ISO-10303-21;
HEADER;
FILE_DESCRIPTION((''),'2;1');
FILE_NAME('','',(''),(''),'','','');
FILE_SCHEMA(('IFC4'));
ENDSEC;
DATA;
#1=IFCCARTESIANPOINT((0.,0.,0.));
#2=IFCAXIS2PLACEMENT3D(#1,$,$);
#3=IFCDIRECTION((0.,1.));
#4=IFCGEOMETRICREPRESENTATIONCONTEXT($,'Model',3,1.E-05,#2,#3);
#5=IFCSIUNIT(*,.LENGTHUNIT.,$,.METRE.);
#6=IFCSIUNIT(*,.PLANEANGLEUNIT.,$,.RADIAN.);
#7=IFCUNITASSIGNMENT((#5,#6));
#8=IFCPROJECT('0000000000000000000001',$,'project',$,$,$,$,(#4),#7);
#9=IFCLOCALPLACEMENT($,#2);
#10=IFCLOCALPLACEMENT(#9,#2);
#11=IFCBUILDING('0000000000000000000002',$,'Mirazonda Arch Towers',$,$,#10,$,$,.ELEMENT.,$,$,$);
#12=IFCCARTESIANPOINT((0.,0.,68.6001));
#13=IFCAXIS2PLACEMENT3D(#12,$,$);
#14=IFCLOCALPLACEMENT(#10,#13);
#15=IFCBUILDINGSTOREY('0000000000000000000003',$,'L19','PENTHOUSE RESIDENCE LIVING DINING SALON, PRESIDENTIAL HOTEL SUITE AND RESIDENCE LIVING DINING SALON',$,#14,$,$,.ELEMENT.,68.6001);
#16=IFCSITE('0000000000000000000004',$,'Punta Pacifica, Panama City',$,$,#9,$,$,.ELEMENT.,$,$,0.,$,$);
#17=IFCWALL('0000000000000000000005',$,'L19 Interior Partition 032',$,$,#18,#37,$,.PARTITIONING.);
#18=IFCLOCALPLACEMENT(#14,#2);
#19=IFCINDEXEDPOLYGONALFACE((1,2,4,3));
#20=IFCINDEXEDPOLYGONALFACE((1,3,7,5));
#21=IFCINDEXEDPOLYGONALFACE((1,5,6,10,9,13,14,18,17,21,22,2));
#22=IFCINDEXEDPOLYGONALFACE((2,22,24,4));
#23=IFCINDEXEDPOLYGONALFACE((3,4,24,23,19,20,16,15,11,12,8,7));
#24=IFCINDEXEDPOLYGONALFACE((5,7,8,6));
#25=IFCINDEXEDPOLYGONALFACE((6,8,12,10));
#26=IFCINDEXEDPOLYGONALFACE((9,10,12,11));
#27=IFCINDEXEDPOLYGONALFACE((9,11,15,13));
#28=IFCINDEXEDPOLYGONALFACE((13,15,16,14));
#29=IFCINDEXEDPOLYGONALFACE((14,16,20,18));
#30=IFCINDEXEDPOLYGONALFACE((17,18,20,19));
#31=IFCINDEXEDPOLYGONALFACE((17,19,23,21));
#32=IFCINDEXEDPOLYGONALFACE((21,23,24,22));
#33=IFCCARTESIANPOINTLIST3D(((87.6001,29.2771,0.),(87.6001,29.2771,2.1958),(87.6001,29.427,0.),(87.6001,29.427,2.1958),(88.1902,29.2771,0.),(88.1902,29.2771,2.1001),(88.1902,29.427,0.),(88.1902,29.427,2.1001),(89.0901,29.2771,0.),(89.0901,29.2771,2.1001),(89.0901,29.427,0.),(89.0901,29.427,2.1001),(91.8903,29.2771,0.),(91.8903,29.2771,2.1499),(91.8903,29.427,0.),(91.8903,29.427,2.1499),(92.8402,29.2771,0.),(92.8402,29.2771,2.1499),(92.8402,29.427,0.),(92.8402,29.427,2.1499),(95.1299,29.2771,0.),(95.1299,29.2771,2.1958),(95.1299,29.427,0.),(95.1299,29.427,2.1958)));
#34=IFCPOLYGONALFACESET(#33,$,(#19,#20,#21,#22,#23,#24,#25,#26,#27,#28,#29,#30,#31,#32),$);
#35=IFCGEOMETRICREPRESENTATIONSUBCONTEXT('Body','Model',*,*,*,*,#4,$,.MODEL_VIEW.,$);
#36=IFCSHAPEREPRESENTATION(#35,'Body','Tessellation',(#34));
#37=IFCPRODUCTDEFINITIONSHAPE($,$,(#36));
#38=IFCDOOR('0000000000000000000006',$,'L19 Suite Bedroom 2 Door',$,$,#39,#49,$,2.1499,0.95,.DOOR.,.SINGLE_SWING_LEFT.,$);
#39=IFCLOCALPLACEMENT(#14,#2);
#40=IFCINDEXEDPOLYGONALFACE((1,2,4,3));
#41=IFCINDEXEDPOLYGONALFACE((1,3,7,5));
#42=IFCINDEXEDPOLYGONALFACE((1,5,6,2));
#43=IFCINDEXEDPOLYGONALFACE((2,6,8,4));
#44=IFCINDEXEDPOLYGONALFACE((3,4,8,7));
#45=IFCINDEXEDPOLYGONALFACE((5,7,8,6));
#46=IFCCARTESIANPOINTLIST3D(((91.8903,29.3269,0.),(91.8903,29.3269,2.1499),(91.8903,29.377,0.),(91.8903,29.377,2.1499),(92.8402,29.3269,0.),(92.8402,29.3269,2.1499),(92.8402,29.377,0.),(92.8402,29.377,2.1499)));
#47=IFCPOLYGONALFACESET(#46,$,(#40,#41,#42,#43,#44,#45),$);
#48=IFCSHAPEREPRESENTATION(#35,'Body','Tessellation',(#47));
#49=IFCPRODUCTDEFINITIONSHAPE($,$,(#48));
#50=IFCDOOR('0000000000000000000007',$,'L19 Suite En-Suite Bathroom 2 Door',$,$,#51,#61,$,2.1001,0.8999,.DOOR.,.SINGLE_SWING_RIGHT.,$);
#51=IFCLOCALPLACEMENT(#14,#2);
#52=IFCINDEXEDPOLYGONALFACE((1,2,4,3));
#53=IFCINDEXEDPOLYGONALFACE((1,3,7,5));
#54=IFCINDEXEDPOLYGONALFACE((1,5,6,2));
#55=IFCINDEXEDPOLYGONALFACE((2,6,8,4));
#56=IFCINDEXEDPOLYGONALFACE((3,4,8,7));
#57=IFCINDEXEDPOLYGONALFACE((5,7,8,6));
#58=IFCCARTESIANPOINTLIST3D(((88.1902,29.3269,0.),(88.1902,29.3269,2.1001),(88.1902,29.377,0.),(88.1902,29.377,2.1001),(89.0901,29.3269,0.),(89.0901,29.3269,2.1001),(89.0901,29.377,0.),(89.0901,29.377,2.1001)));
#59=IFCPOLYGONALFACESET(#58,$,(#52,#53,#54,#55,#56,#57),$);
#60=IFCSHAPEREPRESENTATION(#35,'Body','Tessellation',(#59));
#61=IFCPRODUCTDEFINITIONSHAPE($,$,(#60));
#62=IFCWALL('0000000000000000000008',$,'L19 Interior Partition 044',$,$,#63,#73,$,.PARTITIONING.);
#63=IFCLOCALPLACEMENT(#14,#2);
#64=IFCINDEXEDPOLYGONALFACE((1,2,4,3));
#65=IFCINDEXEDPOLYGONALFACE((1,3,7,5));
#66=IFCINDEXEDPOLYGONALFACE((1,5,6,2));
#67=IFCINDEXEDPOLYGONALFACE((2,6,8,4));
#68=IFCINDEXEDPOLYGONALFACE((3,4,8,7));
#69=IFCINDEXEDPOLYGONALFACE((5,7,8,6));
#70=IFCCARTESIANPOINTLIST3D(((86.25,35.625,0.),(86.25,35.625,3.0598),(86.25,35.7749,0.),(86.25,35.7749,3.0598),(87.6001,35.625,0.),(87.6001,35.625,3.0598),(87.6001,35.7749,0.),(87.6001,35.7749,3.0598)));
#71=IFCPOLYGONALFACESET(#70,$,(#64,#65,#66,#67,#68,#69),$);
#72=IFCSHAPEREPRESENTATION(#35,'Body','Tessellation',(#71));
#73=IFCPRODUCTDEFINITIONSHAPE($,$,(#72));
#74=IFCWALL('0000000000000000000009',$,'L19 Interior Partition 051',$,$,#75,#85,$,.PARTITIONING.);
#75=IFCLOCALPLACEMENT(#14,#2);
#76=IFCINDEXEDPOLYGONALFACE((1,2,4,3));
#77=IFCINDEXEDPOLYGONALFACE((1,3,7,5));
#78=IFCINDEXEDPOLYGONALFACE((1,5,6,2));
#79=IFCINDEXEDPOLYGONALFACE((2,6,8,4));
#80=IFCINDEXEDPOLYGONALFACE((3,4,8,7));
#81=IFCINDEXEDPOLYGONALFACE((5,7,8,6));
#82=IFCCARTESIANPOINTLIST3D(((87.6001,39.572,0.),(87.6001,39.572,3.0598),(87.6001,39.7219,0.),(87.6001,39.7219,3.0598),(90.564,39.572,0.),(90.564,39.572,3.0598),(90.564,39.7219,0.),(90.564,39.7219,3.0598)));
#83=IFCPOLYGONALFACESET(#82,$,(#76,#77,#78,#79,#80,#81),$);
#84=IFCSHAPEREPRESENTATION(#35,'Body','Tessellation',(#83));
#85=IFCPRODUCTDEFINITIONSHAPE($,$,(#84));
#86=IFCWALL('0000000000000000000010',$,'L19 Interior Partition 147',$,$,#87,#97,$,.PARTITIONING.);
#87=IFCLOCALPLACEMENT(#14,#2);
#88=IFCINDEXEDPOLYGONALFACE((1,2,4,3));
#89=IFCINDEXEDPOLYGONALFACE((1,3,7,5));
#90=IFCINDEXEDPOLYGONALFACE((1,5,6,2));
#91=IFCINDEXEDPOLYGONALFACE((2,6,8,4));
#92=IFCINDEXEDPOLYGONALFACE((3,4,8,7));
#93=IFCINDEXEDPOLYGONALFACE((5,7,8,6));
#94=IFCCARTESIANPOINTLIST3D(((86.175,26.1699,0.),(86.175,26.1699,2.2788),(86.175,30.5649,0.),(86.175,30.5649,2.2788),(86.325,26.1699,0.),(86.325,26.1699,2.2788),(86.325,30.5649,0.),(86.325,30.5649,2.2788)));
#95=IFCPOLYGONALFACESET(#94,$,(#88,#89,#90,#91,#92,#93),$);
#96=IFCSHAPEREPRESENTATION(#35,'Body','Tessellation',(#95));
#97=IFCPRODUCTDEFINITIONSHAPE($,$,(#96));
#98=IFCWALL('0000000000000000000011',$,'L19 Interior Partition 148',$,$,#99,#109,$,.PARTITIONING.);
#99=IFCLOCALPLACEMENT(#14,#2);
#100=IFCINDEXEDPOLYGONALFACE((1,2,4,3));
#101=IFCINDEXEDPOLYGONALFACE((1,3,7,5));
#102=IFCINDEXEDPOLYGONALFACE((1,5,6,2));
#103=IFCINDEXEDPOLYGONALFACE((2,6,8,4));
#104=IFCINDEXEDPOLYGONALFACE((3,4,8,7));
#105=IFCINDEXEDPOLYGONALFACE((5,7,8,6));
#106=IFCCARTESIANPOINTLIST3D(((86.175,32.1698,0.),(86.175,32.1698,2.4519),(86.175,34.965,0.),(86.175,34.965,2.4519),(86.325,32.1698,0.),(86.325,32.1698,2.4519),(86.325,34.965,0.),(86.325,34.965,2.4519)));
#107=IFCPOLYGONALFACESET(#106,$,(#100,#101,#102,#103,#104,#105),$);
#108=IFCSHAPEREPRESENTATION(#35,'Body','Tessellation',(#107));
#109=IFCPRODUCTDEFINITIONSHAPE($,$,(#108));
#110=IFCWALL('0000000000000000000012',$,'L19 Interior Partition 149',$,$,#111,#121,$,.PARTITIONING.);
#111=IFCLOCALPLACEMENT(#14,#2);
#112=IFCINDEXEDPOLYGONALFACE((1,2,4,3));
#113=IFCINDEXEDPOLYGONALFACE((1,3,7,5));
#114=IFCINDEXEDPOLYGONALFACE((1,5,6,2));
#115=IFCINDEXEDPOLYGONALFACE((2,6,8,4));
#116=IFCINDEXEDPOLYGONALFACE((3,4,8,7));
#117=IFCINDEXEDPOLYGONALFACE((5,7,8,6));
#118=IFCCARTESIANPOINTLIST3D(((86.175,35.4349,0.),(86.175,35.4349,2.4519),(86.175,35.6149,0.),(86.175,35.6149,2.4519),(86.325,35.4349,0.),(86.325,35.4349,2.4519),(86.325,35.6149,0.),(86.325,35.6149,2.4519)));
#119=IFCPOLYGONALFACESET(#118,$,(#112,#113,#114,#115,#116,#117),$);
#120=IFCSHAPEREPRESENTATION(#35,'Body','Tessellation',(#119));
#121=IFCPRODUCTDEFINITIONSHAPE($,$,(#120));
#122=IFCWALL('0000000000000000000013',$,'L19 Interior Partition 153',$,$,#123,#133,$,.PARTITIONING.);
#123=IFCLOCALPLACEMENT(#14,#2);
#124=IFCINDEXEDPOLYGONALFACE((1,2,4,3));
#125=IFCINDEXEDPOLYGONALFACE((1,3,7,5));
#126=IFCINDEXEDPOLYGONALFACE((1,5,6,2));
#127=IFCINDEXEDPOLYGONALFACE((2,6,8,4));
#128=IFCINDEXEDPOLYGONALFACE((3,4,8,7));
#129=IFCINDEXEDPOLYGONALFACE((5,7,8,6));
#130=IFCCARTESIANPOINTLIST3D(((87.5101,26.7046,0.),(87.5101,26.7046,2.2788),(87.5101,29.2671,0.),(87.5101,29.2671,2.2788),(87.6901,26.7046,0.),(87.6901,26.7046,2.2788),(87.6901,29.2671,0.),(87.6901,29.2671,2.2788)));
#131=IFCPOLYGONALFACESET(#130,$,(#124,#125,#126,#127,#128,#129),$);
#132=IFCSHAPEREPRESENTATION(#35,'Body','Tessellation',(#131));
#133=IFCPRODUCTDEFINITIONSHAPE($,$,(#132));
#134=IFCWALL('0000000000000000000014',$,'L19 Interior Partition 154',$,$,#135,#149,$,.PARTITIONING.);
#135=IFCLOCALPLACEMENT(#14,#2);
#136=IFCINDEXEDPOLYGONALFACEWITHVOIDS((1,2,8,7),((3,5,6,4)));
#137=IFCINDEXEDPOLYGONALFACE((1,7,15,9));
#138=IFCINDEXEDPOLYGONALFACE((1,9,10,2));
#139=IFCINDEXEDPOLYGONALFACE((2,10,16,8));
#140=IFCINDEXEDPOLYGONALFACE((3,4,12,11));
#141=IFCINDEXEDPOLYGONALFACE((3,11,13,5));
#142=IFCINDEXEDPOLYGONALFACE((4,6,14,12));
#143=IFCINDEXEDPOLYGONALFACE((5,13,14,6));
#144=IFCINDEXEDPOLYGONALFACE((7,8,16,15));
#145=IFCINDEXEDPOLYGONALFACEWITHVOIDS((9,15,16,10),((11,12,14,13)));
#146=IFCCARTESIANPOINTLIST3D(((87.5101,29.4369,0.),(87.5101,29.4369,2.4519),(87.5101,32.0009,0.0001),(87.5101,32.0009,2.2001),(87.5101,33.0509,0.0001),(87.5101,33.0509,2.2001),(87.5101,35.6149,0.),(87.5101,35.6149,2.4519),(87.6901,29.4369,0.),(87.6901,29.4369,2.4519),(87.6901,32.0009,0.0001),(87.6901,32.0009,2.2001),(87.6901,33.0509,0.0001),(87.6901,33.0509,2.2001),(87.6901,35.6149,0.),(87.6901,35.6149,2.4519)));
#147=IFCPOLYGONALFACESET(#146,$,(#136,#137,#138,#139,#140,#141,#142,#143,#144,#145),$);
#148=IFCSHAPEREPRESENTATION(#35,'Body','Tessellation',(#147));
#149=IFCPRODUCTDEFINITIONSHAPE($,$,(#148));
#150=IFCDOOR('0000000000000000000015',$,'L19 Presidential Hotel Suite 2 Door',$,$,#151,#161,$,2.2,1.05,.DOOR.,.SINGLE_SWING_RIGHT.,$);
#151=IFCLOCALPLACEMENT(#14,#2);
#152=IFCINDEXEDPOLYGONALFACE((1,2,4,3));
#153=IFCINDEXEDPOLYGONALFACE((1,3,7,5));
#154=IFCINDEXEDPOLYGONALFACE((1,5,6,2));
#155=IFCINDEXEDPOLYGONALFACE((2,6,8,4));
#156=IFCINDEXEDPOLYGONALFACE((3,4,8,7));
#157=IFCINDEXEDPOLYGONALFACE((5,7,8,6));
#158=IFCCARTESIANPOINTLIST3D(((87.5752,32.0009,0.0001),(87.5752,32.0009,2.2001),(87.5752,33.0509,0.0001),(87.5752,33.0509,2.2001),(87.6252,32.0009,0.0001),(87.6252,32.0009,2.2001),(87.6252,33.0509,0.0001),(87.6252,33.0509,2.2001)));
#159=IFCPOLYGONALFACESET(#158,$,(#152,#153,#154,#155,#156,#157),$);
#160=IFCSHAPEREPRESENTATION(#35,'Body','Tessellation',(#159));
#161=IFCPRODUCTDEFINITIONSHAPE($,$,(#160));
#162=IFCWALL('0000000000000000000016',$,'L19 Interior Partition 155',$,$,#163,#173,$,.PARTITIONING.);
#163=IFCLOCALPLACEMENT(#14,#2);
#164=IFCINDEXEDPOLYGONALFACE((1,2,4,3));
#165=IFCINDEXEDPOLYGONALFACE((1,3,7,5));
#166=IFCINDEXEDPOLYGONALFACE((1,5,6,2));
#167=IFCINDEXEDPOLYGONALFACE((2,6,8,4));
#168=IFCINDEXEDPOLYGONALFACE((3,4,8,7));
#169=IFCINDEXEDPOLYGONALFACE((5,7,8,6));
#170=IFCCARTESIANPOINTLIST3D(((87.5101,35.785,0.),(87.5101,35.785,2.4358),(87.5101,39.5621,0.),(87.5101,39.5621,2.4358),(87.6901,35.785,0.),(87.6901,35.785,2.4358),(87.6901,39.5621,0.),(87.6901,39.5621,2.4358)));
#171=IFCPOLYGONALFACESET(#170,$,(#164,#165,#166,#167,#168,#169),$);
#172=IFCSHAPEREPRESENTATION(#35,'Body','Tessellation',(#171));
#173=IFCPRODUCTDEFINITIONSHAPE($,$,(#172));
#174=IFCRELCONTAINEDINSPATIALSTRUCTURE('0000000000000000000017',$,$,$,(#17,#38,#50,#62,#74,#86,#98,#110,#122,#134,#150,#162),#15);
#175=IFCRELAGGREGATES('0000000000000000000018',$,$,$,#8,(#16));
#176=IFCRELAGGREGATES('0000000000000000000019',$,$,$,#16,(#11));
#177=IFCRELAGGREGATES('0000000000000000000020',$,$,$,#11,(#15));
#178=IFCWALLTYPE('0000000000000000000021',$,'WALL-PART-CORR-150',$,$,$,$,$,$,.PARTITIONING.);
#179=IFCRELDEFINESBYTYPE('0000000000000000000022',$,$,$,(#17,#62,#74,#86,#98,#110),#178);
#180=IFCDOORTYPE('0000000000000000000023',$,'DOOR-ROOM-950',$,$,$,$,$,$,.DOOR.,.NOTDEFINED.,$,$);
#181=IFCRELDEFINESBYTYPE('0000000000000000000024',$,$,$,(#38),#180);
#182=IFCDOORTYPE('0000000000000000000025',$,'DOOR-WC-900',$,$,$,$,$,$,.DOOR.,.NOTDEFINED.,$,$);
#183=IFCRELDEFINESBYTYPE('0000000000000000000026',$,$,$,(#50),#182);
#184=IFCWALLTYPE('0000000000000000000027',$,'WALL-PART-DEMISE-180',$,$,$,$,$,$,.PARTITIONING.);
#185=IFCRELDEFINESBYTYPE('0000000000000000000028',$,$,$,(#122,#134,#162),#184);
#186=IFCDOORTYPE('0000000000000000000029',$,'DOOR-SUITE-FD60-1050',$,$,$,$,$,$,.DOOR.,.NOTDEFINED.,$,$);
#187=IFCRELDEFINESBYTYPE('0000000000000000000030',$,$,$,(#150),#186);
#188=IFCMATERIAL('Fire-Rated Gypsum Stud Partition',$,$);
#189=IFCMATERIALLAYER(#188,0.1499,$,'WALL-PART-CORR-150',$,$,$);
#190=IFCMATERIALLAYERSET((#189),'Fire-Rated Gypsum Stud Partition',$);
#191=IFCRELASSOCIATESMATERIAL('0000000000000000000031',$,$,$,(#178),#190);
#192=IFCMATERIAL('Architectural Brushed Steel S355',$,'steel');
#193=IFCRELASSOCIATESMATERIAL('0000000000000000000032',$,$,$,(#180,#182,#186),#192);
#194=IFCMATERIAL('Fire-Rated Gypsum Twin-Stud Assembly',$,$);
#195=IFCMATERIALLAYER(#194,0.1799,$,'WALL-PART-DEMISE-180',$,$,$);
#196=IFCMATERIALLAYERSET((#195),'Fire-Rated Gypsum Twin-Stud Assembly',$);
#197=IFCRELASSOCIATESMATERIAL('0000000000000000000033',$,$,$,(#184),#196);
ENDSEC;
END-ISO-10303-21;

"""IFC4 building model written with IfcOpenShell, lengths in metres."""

from ifc_helpers import new_model, si_unit, direction, frame, frame_2d, origin, place, context, subcontext, project, spatial, rectangle, extrude, material, layer, layer_set, type_object, element, fill, save


model = new_model("IFC4")

# Units and contexts
model_context = context("Model", 3, precision=1e-05, world=origin(), true_north=direction((0.0, 1.0)))
body_context = subcontext(model_context, "Body", "Model", "MODEL_VIEW")
ifc_project = project(units=[si_unit("LENGTHUNIT", "METRE"), si_unit("PLANEANGLEUNIT", "RADIAN")], contexts=[model_context])

# Site, building, storey
site_placement = place(None, origin())
site = spatial("IfcSite", under=ifc_project, at=site_placement, Name="Punta Pacifica, Panama City", CompositionType="ELEMENT", RefElevation=0.0)
building_placement = place(site_placement, origin())
building = spatial("IfcBuilding", under=site, at=building_placement, Name="Mirazonda Arch Towers", CompositionType="ELEMENT")
storey_placement = place(building_placement, frame((0.0, 0.0, 68.6001)))
storey = spatial("IfcBuildingStorey", under=building, at=storey_placement, Name="L19", Description="PENTHOUSE RESIDENCE LIVING DINING SALON, PRESIDENTIAL HOTEL SUITE AND RESIDENCE LIVING DINING SALON", CompositionType="ELEMENT", Elevation=68.6001)

# Wall, openings, doors
ifc_material_1 = material(Name="Fire-Rated Gypsum Stud Partition")
ifc_layer_1 = layer(ifc_material_1, 0.1499, Name="WALL-PART-CORR-150")
ifc_layer_set_1 = layer_set([ifc_layer_1], Name="Fire-Rated Gypsum Stud Partition")
wall_type_1 = type_object("IfcWallType", Name="WALL-PART-CORR-150", PredefinedType="PARTITIONING", material=ifc_layer_set_1)
wall_1_placement = place(storey_placement, frame((87.6001, 29.3521, 0.0), z_axis=(0.0, 0.0, 1.0), x_axis=(1.0, 0.0, 0.0)))
wall_1 = element("IfcWall", 1, at=wall_1_placement, inside=storey, type_object=wall_type_1, Name="L19 Interior Partition 032", PredefinedType="PARTITIONING", context=body_context, shape_type="SweptSolid", body=[
    extrude(rectangle(XDim=7.5298, YDim=0.1499, at=frame_2d((3.7649, 0.0))), origin(), (0.0, 0.0, 1.0), 2.1958),
])
opening_1_placement = place(wall_1_placement, frame((4.29, 0.0, 0.0)))
opening_1 = element("IfcOpeningElement", 2, at=opening_1_placement, cuts=wall_1, PredefinedType="OPENING", context=body_context, shape_type="SweptSolid", body=[
    extrude(rectangle(XDim=0.95, YDim=2.1499, at=frame_2d((0.4751, 1.075))), frame((0.0, 0.085, 0.0), z_axis=(0.0, -1.0, 0.0), x_axis=(1.0, 0.0, 0.0)), (0.0, 0.0, 1.0), 0.1699),
])
opening_2_placement = place(wall_1_placement, frame((0.5901, 0.0, 0.0)))
opening_2 = element("IfcOpeningElement", 3, at=opening_2_placement, cuts=wall_1, PredefinedType="OPENING", context=body_context, shape_type="SweptSolid", body=[
    extrude(rectangle(XDim=0.8999, YDim=2.1001, at=frame_2d((0.45, 1.05))), frame((0.0, 0.085, 0.0), z_axis=(0.0, -1.0, 0.0), x_axis=(1.0, 0.0, 0.0)), (0.0, 0.0, 1.0), 0.1699),
])
ifc_material_2 = material(Name="Architectural Brushed Steel S355", Category="steel")
door_type_1 = type_object("IfcDoorType", Name="DOOR-ROOM-950", OperationType="NOTDEFINED", PredefinedType="DOOR", material=ifc_material_2)
door_1_placement = place(opening_1_placement, origin())
door_1 = element("IfcDoor", 4, at=door_1_placement, inside=storey, type_object=door_type_1, Name="L19 Suite Bedroom 2 Door", OperationType="SINGLE_SWING_LEFT", OverallHeight=2.1499, OverallWidth=0.95, PredefinedType="DOOR", context=body_context, shape_type="SweptSolid", body=[
    extrude(rectangle(XDim=0.95, YDim=2.1499, at=frame_2d((0.4751, 1.075))), frame((0.0, 0.0249, 0.0), z_axis=(0.0, -1.0, 0.0), x_axis=(1.0, 0.0, 0.0)), (0.0, 0.0, 1.0), 0.05),
])
fill(opening_1, door_1)
door_type_2 = type_object("IfcDoorType", Name="DOOR-WC-900", OperationType="NOTDEFINED", PredefinedType="DOOR", material=ifc_material_2)
door_2_placement = place(opening_2_placement, origin())
door_2 = element("IfcDoor", 5, at=door_2_placement, inside=storey, type_object=door_type_2, Name="L19 Suite En-Suite Bathroom 2 Door", OperationType="SINGLE_SWING_RIGHT", OverallHeight=2.1001, OverallWidth=0.8999, PredefinedType="DOOR", context=body_context, shape_type="SweptSolid", body=[
    extrude(rectangle(XDim=0.8999, YDim=2.1001, at=frame_2d((0.45, 1.05))), frame((0.0, 0.0249, 0.0), z_axis=(0.0, -1.0, 0.0), x_axis=(1.0, 0.0, 0.0)), (0.0, 0.0, 1.0), 0.05),
])
fill(opening_2, door_2)

# Walls
wall_2_placement = place(storey_placement, frame((86.25, 35.7, 0.0), z_axis=(0.0, 0.0, 1.0), x_axis=(1.0, 0.0, 0.0)))
element("IfcWall", 6, at=wall_2_placement, inside=storey, type_object=wall_type_1, Name="L19 Interior Partition 044", PredefinedType="PARTITIONING", context=body_context, shape_type="SweptSolid", body=[
    extrude(rectangle(XDim=1.3501, YDim=0.1499, at=frame_2d((0.675, 0.0))), origin(), (0.0, 0.0, 1.0), 3.0598),
])
wall_3_placement = place(storey_placement, frame((87.6001, 39.647, 0.0), z_axis=(0.0, 0.0, 1.0), x_axis=(1.0, 0.0, 0.0)))
element("IfcWall", 7, at=wall_3_placement, inside=storey, type_object=wall_type_1, Name="L19 Interior Partition 051", PredefinedType="PARTITIONING", context=body_context, shape_type="SweptSolid", body=[
    extrude(rectangle(XDim=2.9639, YDim=0.1499, at=frame_2d((1.4819, 0.0))), origin(), (0.0, 0.0, 1.0), 3.0598),
])
wall_4_placement = place(storey_placement, frame((86.25, 26.1699, 0.0), z_axis=(0.0, 0.0, 1.0), x_axis=(0.0, 1.0, 0.0)))
element("IfcWall", 8, at=wall_4_placement, inside=storey, type_object=wall_type_1, Name="L19 Interior Partition 147", PredefinedType="PARTITIONING", context=body_context, shape_type="SweptSolid", body=[
    extrude(rectangle(XDim=4.395, YDim=0.1499, at=frame_2d((2.1975, 0.0))), origin(), (0.0, 0.0, 1.0), 2.2788),
])
wall_5_placement = place(storey_placement, frame((86.25, 32.1699, 0.0), z_axis=(0.0, 0.0, 1.0), x_axis=(0.0, 1.0, 0.0)))
element("IfcWall", 9, at=wall_5_placement, inside=storey, type_object=wall_type_1, Name="L19 Interior Partition 148", PredefinedType="PARTITIONING", context=body_context, shape_type="SweptSolid", body=[
    extrude(rectangle(XDim=2.7952, YDim=0.1499, at=frame_2d((1.3975, 0.0))), origin(), (0.0, 0.0, 1.0), 2.4519),
])
wall_6_placement = place(storey_placement, frame((86.25, 35.4351, 0.0), z_axis=(0.0, 0.0, 1.0), x_axis=(0.0, 1.0, 0.0)))
element("IfcWall", 10, at=wall_6_placement, inside=storey, type_object=wall_type_1, Name="L19 Interior Partition 149", PredefinedType="PARTITIONING", context=body_context, shape_type="SweptSolid", body=[
    extrude(rectangle(XDim=0.1799, YDim=0.1499, at=frame_2d((0.0898, 0.0))), origin(), (0.0, 0.0, 1.0), 2.4519),
])
ifc_material_3 = material(Name="Fire-Rated Gypsum Twin-Stud Assembly")
ifc_layer_2 = layer(ifc_material_3, 0.1799, Name="WALL-PART-DEMISE-180")
ifc_layer_set_2 = layer_set([ifc_layer_2], Name="Fire-Rated Gypsum Twin-Stud Assembly")
wall_type_2 = type_object("IfcWallType", Name="WALL-PART-DEMISE-180", PredefinedType="PARTITIONING", material=ifc_layer_set_2)
wall_7_placement = place(storey_placement, frame((87.6001, 26.7046, 0.0), z_axis=(0.0, 0.0, 1.0), x_axis=(0.0, 1.0, 0.0)))
element("IfcWall", 11, at=wall_7_placement, inside=storey, type_object=wall_type_2, Name="L19 Interior Partition 153", PredefinedType="PARTITIONING", context=body_context, shape_type="SweptSolid", body=[
    extrude(rectangle(XDim=2.5625, YDim=0.1799, at=frame_2d((1.2812, 0.0))), origin(), (0.0, 0.0, 1.0), 2.2788),
])

# Wall, opening, door
wall_8_placement = place(storey_placement, frame((87.6001, 29.437, 0.0), z_axis=(0.0, 0.0, 1.0), x_axis=(0.0, 1.0, 0.0)))
wall_8 = element("IfcWall", 12, at=wall_8_placement, inside=storey, type_object=wall_type_2, Name="L19 Interior Partition 154", PredefinedType="PARTITIONING", context=body_context, shape_type="SweptSolid", body=[
    extrude(rectangle(XDim=6.178, YDim=0.1799, at=frame_2d((3.0889, 0.0))), origin(), (0.0, 0.0, 1.0), 2.4519),
])
opening_3_placement = place(wall_8_placement, frame((2.564, 0.0, 0.0)))
opening_3 = element("IfcOpeningElement", 13, at=opening_3_placement, cuts=wall_8, PredefinedType="OPENING", context=body_context, shape_type="SweptSolid", body=[
    extrude(rectangle(XDim=1.05, YDim=2.2, at=frame_2d((0.5249, 1.1001))), frame((0.0, 0.0999, 0.0), z_axis=(0.0, -1.0, 0.0), x_axis=(1.0, 0.0, 0.0)), (0.0, 0.0, 1.0), 0.2),
])
door_type_3 = type_object("IfcDoorType", Name="DOOR-SUITE-FD60-1050", OperationType="NOTDEFINED", PredefinedType="DOOR", material=ifc_material_2)
door_3_placement = place(opening_3_placement, origin())
door_3 = element("IfcDoor", 14, at=door_3_placement, inside=storey, type_object=door_type_3, Name="L19 Presidential Hotel Suite 2 Door", OperationType="SINGLE_SWING_RIGHT", OverallHeight=2.2, OverallWidth=1.05, PredefinedType="DOOR", context=body_context, shape_type="SweptSolid", body=[
    extrude(rectangle(XDim=1.05, YDim=2.2, at=frame_2d((0.5249, 1.1001))), frame((0.0, 0.0249, 0.0), z_axis=(0.0, -1.0, 0.0), x_axis=(1.0, 0.0, 0.0)), (0.0, 0.0, 1.0), 0.05),
])
fill(opening_3, door_3)

# Wall
wall_9_placement = place(storey_placement, frame((87.6001, 35.7849, 0.0), z_axis=(0.0, 0.0, 1.0), x_axis=(0.0, 1.0, 0.0)))
element("IfcWall", 15, at=wall_9_placement, inside=storey, type_object=wall_type_2, Name="L19 Interior Partition 155", PredefinedType="PARTITIONING", context=body_context, shape_type="SweptSolid", body=[
    extrude(rectangle(XDim=3.7771, YDim=0.1799, at=frame_2d((1.8887, 0.0))), origin(), (0.0, 0.0, 1.0), 2.4358),
])

save(model, "model.ifc")
